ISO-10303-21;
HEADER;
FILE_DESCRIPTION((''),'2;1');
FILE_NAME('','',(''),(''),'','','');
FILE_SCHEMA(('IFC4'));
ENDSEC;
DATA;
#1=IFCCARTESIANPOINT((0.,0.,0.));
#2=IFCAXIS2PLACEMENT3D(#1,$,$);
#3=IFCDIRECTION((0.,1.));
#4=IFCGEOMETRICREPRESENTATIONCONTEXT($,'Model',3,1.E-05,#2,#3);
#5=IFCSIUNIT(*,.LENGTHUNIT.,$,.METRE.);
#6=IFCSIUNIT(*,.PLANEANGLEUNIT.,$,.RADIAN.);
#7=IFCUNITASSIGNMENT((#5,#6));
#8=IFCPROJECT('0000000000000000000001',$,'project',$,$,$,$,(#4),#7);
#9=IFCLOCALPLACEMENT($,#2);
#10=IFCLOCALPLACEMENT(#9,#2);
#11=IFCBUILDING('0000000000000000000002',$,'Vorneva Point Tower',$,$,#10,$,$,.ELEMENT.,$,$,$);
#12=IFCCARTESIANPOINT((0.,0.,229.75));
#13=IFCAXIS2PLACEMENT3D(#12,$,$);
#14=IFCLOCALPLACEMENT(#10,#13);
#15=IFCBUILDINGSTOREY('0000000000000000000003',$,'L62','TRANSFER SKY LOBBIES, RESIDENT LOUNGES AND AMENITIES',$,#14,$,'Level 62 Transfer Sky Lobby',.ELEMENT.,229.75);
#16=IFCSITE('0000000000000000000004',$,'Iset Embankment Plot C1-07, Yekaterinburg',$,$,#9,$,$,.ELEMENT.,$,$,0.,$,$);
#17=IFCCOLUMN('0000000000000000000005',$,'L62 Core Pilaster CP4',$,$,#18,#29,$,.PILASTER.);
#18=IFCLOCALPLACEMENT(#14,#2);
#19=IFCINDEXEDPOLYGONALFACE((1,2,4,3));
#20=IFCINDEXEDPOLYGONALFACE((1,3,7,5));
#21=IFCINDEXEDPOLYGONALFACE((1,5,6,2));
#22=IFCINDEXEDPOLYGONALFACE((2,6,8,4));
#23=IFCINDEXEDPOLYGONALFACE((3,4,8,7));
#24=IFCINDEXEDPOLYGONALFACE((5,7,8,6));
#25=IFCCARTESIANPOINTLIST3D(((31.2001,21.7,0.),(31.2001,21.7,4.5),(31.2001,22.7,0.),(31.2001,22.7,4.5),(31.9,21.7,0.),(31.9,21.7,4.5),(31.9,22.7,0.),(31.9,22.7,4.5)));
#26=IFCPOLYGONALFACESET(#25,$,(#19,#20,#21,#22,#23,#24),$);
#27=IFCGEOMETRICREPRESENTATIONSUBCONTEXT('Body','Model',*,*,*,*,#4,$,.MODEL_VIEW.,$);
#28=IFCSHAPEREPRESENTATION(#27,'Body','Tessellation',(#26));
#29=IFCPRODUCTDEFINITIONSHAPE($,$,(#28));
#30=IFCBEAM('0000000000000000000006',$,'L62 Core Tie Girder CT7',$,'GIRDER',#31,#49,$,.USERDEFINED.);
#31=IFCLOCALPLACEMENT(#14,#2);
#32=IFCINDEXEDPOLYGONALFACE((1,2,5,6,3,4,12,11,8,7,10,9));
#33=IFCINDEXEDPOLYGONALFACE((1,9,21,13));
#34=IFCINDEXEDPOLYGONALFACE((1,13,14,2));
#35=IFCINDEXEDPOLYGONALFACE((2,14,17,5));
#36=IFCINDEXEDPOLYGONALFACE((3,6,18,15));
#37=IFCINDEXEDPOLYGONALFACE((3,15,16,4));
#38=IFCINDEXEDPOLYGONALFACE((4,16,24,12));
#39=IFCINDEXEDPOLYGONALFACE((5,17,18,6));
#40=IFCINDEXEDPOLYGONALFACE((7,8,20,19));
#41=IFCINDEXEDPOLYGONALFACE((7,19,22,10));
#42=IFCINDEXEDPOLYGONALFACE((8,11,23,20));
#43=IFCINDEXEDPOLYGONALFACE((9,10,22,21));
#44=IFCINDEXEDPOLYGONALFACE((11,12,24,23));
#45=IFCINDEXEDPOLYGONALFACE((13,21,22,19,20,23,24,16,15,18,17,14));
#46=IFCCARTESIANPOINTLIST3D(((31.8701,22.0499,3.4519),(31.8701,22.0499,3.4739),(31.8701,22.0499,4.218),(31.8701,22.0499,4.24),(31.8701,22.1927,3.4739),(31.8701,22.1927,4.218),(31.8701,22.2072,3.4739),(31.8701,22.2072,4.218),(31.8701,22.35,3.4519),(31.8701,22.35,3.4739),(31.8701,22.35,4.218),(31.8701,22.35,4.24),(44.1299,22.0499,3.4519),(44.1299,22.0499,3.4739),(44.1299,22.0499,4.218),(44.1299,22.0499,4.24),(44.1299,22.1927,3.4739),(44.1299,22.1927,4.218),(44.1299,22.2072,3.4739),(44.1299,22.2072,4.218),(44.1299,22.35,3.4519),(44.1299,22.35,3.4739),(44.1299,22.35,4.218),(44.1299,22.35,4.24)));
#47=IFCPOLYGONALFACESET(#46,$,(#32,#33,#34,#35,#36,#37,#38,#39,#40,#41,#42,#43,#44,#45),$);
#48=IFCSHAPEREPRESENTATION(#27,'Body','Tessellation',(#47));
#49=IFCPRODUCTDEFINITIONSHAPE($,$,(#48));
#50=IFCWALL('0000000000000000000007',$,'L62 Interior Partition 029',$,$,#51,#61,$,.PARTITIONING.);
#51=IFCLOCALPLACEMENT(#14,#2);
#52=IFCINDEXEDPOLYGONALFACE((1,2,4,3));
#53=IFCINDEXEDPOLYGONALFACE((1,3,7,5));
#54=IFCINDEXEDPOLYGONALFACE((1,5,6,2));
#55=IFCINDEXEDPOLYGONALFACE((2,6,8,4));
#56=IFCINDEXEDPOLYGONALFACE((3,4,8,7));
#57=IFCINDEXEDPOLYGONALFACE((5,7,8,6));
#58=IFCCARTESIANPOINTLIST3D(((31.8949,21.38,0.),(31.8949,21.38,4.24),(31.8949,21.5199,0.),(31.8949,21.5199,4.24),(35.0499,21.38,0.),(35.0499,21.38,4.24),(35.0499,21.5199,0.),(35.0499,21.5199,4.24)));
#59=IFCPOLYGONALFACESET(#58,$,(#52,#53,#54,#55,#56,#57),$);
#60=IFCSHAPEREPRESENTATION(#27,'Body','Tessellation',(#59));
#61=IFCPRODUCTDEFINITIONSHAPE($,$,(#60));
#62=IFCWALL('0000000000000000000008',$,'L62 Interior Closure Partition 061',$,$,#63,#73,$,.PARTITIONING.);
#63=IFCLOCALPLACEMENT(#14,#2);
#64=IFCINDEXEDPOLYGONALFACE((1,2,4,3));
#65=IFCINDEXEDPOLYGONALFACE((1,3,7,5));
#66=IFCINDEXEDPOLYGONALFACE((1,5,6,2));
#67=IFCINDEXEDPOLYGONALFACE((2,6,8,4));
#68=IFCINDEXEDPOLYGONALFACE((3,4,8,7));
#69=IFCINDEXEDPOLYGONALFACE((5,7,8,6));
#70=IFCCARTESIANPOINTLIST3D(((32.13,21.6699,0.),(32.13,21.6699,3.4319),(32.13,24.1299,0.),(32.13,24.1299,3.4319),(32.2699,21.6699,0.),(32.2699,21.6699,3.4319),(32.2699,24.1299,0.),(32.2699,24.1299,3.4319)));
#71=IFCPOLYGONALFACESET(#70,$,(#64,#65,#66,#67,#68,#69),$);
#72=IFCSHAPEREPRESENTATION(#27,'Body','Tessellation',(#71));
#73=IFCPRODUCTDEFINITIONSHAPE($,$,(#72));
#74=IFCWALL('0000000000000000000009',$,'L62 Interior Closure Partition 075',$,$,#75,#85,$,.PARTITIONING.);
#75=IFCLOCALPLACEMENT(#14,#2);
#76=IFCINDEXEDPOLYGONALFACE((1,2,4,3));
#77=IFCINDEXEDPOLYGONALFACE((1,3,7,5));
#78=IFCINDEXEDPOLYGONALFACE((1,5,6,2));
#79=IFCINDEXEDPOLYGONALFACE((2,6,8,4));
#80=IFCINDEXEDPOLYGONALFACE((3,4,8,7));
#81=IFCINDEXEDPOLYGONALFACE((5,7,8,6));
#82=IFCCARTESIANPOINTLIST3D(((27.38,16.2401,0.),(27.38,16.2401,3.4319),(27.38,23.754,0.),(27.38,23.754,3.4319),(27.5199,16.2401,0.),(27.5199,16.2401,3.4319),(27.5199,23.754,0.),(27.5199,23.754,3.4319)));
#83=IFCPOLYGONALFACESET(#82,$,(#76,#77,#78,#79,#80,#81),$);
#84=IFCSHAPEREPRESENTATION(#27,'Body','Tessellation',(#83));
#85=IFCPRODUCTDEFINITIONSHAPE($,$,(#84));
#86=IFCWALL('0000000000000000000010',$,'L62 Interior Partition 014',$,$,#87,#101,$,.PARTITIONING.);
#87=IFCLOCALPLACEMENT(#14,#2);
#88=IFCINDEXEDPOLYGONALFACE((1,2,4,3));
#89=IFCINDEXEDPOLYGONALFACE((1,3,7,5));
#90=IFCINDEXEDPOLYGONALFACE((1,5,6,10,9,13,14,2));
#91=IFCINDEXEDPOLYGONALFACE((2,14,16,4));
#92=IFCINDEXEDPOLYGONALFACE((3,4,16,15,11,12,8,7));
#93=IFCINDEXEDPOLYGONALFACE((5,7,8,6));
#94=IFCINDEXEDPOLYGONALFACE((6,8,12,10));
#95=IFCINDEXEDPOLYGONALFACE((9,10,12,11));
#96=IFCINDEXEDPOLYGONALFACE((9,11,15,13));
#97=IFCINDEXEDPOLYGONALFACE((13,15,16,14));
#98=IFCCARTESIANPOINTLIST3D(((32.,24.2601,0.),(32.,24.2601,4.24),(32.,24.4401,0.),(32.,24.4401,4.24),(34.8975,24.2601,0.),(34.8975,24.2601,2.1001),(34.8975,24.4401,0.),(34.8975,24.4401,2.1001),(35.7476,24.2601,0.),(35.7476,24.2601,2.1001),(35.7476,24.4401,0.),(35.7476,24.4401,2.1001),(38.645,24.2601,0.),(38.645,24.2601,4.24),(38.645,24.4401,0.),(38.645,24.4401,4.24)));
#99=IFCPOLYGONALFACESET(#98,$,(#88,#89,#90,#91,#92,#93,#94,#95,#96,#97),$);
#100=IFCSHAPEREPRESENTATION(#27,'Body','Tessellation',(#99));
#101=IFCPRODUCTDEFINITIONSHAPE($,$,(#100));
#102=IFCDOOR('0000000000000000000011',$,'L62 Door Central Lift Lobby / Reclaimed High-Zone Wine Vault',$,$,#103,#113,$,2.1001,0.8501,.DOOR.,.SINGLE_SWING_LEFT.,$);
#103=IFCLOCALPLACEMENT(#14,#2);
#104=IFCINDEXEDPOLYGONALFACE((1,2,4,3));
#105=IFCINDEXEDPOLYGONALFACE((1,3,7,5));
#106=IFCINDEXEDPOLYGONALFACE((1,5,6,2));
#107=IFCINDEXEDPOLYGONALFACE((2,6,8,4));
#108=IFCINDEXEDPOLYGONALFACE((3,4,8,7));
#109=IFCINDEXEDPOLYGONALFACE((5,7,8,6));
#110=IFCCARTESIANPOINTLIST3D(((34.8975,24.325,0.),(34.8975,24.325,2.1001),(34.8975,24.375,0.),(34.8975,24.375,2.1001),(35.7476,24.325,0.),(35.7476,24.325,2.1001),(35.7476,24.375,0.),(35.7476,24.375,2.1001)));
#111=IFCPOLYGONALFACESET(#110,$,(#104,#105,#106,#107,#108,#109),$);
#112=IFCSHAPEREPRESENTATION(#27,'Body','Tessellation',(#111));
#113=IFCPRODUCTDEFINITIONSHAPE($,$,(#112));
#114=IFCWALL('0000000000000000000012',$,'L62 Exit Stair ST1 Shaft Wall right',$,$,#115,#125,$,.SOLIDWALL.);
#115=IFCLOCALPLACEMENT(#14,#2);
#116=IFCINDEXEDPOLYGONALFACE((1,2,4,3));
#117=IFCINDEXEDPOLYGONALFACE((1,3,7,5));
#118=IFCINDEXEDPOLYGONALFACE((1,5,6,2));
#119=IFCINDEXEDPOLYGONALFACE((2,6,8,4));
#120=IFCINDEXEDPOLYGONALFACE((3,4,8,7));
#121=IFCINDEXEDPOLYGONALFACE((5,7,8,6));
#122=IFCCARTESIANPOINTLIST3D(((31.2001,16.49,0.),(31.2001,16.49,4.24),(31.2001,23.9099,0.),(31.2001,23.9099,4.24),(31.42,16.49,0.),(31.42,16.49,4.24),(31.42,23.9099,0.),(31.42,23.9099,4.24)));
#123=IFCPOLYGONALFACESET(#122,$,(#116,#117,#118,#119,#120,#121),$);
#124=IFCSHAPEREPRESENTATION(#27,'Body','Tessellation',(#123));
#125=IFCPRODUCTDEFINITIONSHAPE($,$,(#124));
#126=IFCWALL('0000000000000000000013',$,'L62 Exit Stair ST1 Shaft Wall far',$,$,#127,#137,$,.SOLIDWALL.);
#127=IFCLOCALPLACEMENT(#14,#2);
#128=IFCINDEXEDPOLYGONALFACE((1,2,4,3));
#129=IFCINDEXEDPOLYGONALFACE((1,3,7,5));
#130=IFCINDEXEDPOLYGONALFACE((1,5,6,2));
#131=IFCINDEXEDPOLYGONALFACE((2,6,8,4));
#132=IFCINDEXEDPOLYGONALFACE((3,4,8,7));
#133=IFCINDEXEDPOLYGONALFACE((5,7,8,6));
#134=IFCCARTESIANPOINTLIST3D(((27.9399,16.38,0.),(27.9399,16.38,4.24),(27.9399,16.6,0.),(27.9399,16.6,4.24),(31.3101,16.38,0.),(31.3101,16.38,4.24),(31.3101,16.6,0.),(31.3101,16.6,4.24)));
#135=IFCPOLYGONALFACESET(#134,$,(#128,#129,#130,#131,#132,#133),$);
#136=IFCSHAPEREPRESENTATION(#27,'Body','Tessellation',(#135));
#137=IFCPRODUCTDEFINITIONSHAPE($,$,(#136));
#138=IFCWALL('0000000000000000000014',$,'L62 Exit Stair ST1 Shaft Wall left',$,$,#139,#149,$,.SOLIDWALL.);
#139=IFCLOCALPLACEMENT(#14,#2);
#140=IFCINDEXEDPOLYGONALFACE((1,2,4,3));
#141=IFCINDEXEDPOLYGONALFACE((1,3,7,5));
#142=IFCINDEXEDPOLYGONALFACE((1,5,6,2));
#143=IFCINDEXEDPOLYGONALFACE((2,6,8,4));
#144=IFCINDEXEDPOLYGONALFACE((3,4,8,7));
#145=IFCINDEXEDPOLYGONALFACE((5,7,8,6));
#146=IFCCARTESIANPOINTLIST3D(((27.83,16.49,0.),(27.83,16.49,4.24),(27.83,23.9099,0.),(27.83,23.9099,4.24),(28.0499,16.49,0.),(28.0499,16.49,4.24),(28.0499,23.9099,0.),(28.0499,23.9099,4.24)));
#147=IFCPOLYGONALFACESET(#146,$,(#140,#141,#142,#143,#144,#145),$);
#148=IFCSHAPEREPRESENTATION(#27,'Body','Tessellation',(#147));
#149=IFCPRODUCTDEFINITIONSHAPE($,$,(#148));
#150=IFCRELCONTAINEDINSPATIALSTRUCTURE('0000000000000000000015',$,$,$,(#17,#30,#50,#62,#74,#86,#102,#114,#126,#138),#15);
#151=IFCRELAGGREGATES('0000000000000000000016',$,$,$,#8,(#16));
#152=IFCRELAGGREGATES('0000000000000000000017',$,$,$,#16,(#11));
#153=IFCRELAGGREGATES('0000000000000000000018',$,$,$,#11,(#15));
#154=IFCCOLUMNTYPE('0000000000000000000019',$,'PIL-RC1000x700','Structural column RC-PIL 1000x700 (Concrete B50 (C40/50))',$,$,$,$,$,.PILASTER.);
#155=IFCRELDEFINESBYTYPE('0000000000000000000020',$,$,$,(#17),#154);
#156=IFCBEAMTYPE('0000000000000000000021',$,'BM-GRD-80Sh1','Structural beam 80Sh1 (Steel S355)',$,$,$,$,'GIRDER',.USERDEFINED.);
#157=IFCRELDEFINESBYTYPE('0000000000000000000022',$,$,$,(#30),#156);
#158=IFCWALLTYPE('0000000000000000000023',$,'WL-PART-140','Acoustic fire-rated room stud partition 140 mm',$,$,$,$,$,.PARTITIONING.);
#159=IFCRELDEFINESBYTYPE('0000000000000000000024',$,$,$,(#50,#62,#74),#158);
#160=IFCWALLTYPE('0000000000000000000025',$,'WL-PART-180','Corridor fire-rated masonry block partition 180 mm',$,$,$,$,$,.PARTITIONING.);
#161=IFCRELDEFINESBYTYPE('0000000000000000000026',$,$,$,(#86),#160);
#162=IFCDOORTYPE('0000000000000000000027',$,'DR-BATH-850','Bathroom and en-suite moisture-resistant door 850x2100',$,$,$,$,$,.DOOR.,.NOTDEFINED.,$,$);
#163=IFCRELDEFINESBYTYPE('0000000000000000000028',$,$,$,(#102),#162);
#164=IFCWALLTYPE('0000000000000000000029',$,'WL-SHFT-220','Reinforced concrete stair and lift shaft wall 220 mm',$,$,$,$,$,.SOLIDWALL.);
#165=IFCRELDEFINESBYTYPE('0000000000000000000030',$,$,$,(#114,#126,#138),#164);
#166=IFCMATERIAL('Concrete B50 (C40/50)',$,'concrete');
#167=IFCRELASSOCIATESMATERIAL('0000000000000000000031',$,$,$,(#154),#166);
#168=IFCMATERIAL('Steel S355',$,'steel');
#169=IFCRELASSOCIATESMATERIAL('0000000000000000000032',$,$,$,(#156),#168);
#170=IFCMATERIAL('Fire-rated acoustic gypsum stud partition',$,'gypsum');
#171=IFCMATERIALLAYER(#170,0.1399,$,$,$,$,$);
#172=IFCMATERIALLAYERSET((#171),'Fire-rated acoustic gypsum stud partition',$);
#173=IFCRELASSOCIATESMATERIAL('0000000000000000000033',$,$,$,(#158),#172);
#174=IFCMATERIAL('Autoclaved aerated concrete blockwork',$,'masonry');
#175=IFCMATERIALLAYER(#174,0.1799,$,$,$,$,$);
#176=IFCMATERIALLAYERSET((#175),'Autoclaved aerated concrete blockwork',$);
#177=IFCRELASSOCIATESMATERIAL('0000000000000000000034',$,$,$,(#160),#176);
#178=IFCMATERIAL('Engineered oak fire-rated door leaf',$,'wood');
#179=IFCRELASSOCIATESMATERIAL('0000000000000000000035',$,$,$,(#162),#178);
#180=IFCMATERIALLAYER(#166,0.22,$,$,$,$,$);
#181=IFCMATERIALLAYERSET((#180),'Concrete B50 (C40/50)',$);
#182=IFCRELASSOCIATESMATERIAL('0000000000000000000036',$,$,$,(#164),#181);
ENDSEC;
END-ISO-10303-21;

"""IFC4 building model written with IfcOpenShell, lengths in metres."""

from ifc_helpers import new_model, si_unit, direction, frame, frame_2d, origin, origin_2d, place, context, subcontext, project, spatial, rectangle, i_section, extrude, material, layer, layer_set, material_profile, profile_set, type_object, element, fill, save


model = new_model("IFC4")

# Units and contexts
model_context = context("Model", 3, precision=1e-05, world=origin(), true_north=direction((0.0, 1.0)))
body_context = subcontext(model_context, "Body", "Model", "MODEL_VIEW")
ifc_project = project(units=[si_unit("LENGTHUNIT", "METRE"), si_unit("PLANEANGLEUNIT", "RADIAN")], contexts=[model_context])

# Site, building, storey
site_placement = place(None, origin())
site = spatial("IfcSite", under=ifc_project, at=site_placement, Name="Iset Embankment Plot C1-07, Yekaterinburg", CompositionType="ELEMENT", RefElevation=0.0)
building_placement = place(site_placement, origin())
building = spatial("IfcBuilding", under=site, at=building_placement, Name="Vorneva Point Tower", CompositionType="ELEMENT")
storey_placement = place(building_placement, frame((0.0, 0.0, 229.75)))
storey = spatial("IfcBuildingStorey", under=building, at=storey_placement, Name="L62", Description="TRANSFER SKY LOBBIES, RESIDENT LOUNGES AND AMENITIES", LongName="Level 62 Transfer Sky Lobby", CompositionType="ELEMENT", Elevation=229.75)

# Column
ifc_material_1 = material(Name="Concrete B50 (C40/50)", Category="concrete")
ifc_material_profile_1 = material_profile(ifc_material_1, rectangle(XDim=0.7, YDim=1.0, at=origin_2d()), Name="RC-PIL 1000x700")
ifc_profile_set_1 = profile_set([ifc_material_profile_1], Name="Concrete B50 (C40/50)")
column_type = type_object("IfcColumnType", Name="PIL-RC1000x700", Description="Structural column RC-PIL 1000x700 (Concrete B50 (C40/50))", PredefinedType="PILASTER", material=ifc_profile_set_1)
column_placement = place(storey_placement, frame((31.55, 22.2, 0.0), z_axis=(0.0, 0.0, 1.0), x_axis=(1.0, 0.0, 0.0)))
element("IfcColumn", 1, at=column_placement, inside=storey, type_object=column_type, Name="L62 Core Pilaster CP4", PredefinedType="PILASTER", context=body_context, shape_type="SweptSolid", body=[
    extrude(rectangle(XDim=0.7, YDim=1.0, at=origin_2d()), origin(), (0.0, 0.0, 1.0), 4.5),
])

# Beam
ifc_material_2 = material(Name="Steel S355", Category="steel")
ifc_material_profile_2 = material_profile(ifc_material_2, i_section(OverallWidth=0.3, OverallDepth=0.7881, WebThickness=0.0144, FlangeThickness=0.022, at=origin_2d()), Name="80Sh1")
ifc_profile_set_2 = profile_set([ifc_material_profile_2], Name="Steel S355")
beam_type = type_object("IfcBeamType", Name="BM-GRD-80Sh1", Description="Structural beam 80Sh1 (Steel S355)", ElementType="GIRDER", PredefinedType="USERDEFINED", material=ifc_profile_set_2)
beam_placement = place(storey_placement, frame((31.8701, 22.2, 3.8459), z_axis=(1.0, 0.0, 0.0), x_axis=(0.0, 1.0, 0.0)))
element("IfcBeam", 2, at=beam_placement, inside=storey, type_object=beam_type, Name="L62 Core Tie Girder CT7", ObjectType="GIRDER", PredefinedType="USERDEFINED", context=body_context, shape_type="SweptSolid", body=[
    extrude(i_section(OverallWidth=0.3, OverallDepth=0.7881, WebThickness=0.0144, FlangeThickness=0.022, at=origin_2d()), origin(), (0.0, 0.0, 1.0), 12.2598),
])

# Walls
ifc_material_3 = material(Name="Fire-rated acoustic gypsum stud partition", Category="gypsum")
ifc_layer_1 = layer(ifc_material_3, 0.1399)
ifc_layer_set_1 = layer_set([ifc_layer_1], Name="Fire-rated acoustic gypsum stud partition")
wall_type_1 = type_object("IfcWallType", Name="WL-PART-140", Description="Acoustic fire-rated room stud partition 140 mm", PredefinedType="PARTITIONING", material=ifc_layer_set_1)
wall_1_placement = place(storey_placement, frame((35.05, 21.45, 0.0), z_axis=(0.0, 0.0, 1.0), x_axis=(-1.0, 0.0, 0.0)))
element("IfcWall", 3, at=wall_1_placement, inside=storey, type_object=wall_type_1, Name="L62 Interior Partition 029", PredefinedType="PARTITIONING", context=body_context, shape_type="SweptSolid", body=[
    extrude(rectangle(XDim=3.155, YDim=0.1399, at=frame_2d((1.5776, 0.0))), origin(), (0.0, 0.0, 1.0), 4.24),
])
wall_2_placement = place(storey_placement, frame((32.2, 24.1299, 0.0), z_axis=(0.0, 0.0, 1.0), x_axis=(0.0, -1.0, 0.0)))
element("IfcWall", 4, at=wall_2_placement, inside=storey, type_object=wall_type_1, Name="L62 Interior Closure Partition 061", PredefinedType="PARTITIONING", context=body_context, shape_type="SweptSolid", body=[
    extrude(rectangle(XDim=2.46, YDim=0.1399, at=frame_2d((1.23, 0.0))), origin(), (0.0, 0.0, 1.0), 3.4319),
])
wall_3_placement = place(storey_placement, frame((27.45, 23.7539, 0.0), z_axis=(0.0, 0.0, 1.0), x_axis=(0.0, -1.0, 0.0)))
element("IfcWall", 5, at=wall_3_placement, inside=storey, type_object=wall_type_1, Name="L62 Interior Closure Partition 075", PredefinedType="PARTITIONING", context=body_context, shape_type="SweptSolid", body=[
    extrude(rectangle(XDim=7.5139, YDim=0.1399, at=frame_2d((3.7568, 0.0))), origin(), (0.0, 0.0, 1.0), 3.4319),
])

# Wall, opening, door
ifc_material_4 = material(Name="Autoclaved aerated concrete blockwork", Category="masonry")
ifc_layer_2 = layer(ifc_material_4, 0.1799)
ifc_layer_set_2 = layer_set([ifc_layer_2], Name="Autoclaved aerated concrete blockwork")
wall_type_2 = type_object("IfcWallType", Name="WL-PART-180", Description="Corridor fire-rated masonry block partition 180 mm", PredefinedType="PARTITIONING", material=ifc_layer_set_2)
wall_4_placement = place(storey_placement, frame((32.0, 24.3501, 0.0), z_axis=(0.0, 0.0, 1.0), x_axis=(1.0, 0.0, 0.0)))
wall_4 = element("IfcWall", 6, at=wall_4_placement, inside=storey, type_object=wall_type_2, Name="L62 Interior Partition 014", PredefinedType="PARTITIONING", context=body_context, shape_type="SweptSolid", body=[
    extrude(rectangle(XDim=6.645, YDim=0.1799, at=frame_2d((3.3225, 0.0))), origin(), (0.0, 0.0, 1.0), 4.24),
])
opening_1_placement = place(wall_4_placement, frame((2.8975, 0.0, 0.0)))
opening_1 = element("IfcOpeningElement", 7, at=opening_1_placement, cuts=wall_4, PredefinedType="OPENING", context=body_context, shape_type="SweptSolid", body=[
    extrude(rectangle(XDim=0.8501, YDim=2.1001, at=frame_2d((0.425, 1.05))), frame((0.0, 0.105, 0.0), z_axis=(0.0, -1.0, 0.0), x_axis=(1.0, 0.0, 0.0)), (0.0, 0.0, 1.0), 0.2097),
])
ifc_material_5 = material(Name="Engineered oak fire-rated door leaf", Category="wood")
door_type_1 = type_object("IfcDoorType", Name="DR-BATH-850", Description="Bathroom and en-suite moisture-resistant door 850x2100", OperationType="NOTDEFINED", PredefinedType="DOOR", material=ifc_material_5)
door_1_placement = place(opening_1_placement, origin())
door_1 = element("IfcDoor", 8, at=door_1_placement, inside=storey, type_object=door_type_1, Name="L62 Door Central Lift Lobby / Reclaimed High-Zone Wine Vault", OperationType="SINGLE_SWING_LEFT", OverallHeight=2.1001, OverallWidth=0.8501, PredefinedType="DOOR", context=body_context, shape_type="SweptSolid", body=[
    extrude(rectangle(XDim=0.8501, YDim=2.1001, at=frame_2d((0.425, 1.05))), frame((0.0, 0.0249, 0.0), z_axis=(0.0, -1.0, 0.0), x_axis=(1.0, 0.0, 0.0)), (0.0, 0.0, 1.0), 0.05),
])
fill(opening_1, door_1)
ifc_layer_3 = layer(ifc_material_1, 0.22)
ifc_layer_set_3 = layer_set([ifc_layer_3], Name="Concrete B50 (C40/50)")
wall_type_3 = type_object("IfcWallType", Name="WL-SHFT-220", Description="Reinforced concrete stair and lift shaft wall 220 mm", PredefinedType="SOLIDWALL", material=ifc_layer_set_3)

# Walls
wall_5_placement = place(storey_placement, frame((31.3101, 23.9099, 0.0), z_axis=(0.0, 0.0, 1.0), x_axis=(0.0, -1.0, 0.0)))
element("IfcWall", 9, at=wall_5_placement, inside=storey, type_object=wall_type_3, Name="L62 Exit Stair ST1 Shaft Wall right", PredefinedType="SOLIDWALL", context=body_context, shape_type="SweptSolid", body=[
    extrude(rectangle(XDim=7.4199, YDim=0.22, at=frame_2d((3.71, 0.0))), origin(), (0.0, 0.0, 1.0), 4.24),
])
wall_6_placement = place(storey_placement, frame((31.3101, 16.49, 0.0), z_axis=(0.0, 0.0, 1.0), x_axis=(-1.0, 0.0, 0.0)))
element("IfcWall", 10, at=wall_6_placement, inside=storey, type_object=wall_type_3, Name="L62 Exit Stair ST1 Shaft Wall far", PredefinedType="SOLIDWALL", context=body_context, shape_type="SweptSolid", body=[
    extrude(rectangle(XDim=3.3701, YDim=0.22, at=frame_2d((1.6851, 0.0))), origin(), (0.0, 0.0, 1.0), 4.24),
])
wall_7_placement = place(storey_placement, frame((27.9399, 16.49, 0.0), z_axis=(0.0, 0.0, 1.0), x_axis=(0.0, 1.0, 0.0)))
element("IfcWall", 11, at=wall_7_placement, inside=storey, type_object=wall_type_3, Name="L62 Exit Stair ST1 Shaft Wall left", PredefinedType="SOLIDWALL", context=body_context, shape_type="SweptSolid", body=[
    extrude(rectangle(XDim=7.4199, YDim=0.22, at=frame_2d((3.71, 0.0))), origin(), (0.0, 0.0, 1.0), 4.24),
])

save(model, "model.ifc")
